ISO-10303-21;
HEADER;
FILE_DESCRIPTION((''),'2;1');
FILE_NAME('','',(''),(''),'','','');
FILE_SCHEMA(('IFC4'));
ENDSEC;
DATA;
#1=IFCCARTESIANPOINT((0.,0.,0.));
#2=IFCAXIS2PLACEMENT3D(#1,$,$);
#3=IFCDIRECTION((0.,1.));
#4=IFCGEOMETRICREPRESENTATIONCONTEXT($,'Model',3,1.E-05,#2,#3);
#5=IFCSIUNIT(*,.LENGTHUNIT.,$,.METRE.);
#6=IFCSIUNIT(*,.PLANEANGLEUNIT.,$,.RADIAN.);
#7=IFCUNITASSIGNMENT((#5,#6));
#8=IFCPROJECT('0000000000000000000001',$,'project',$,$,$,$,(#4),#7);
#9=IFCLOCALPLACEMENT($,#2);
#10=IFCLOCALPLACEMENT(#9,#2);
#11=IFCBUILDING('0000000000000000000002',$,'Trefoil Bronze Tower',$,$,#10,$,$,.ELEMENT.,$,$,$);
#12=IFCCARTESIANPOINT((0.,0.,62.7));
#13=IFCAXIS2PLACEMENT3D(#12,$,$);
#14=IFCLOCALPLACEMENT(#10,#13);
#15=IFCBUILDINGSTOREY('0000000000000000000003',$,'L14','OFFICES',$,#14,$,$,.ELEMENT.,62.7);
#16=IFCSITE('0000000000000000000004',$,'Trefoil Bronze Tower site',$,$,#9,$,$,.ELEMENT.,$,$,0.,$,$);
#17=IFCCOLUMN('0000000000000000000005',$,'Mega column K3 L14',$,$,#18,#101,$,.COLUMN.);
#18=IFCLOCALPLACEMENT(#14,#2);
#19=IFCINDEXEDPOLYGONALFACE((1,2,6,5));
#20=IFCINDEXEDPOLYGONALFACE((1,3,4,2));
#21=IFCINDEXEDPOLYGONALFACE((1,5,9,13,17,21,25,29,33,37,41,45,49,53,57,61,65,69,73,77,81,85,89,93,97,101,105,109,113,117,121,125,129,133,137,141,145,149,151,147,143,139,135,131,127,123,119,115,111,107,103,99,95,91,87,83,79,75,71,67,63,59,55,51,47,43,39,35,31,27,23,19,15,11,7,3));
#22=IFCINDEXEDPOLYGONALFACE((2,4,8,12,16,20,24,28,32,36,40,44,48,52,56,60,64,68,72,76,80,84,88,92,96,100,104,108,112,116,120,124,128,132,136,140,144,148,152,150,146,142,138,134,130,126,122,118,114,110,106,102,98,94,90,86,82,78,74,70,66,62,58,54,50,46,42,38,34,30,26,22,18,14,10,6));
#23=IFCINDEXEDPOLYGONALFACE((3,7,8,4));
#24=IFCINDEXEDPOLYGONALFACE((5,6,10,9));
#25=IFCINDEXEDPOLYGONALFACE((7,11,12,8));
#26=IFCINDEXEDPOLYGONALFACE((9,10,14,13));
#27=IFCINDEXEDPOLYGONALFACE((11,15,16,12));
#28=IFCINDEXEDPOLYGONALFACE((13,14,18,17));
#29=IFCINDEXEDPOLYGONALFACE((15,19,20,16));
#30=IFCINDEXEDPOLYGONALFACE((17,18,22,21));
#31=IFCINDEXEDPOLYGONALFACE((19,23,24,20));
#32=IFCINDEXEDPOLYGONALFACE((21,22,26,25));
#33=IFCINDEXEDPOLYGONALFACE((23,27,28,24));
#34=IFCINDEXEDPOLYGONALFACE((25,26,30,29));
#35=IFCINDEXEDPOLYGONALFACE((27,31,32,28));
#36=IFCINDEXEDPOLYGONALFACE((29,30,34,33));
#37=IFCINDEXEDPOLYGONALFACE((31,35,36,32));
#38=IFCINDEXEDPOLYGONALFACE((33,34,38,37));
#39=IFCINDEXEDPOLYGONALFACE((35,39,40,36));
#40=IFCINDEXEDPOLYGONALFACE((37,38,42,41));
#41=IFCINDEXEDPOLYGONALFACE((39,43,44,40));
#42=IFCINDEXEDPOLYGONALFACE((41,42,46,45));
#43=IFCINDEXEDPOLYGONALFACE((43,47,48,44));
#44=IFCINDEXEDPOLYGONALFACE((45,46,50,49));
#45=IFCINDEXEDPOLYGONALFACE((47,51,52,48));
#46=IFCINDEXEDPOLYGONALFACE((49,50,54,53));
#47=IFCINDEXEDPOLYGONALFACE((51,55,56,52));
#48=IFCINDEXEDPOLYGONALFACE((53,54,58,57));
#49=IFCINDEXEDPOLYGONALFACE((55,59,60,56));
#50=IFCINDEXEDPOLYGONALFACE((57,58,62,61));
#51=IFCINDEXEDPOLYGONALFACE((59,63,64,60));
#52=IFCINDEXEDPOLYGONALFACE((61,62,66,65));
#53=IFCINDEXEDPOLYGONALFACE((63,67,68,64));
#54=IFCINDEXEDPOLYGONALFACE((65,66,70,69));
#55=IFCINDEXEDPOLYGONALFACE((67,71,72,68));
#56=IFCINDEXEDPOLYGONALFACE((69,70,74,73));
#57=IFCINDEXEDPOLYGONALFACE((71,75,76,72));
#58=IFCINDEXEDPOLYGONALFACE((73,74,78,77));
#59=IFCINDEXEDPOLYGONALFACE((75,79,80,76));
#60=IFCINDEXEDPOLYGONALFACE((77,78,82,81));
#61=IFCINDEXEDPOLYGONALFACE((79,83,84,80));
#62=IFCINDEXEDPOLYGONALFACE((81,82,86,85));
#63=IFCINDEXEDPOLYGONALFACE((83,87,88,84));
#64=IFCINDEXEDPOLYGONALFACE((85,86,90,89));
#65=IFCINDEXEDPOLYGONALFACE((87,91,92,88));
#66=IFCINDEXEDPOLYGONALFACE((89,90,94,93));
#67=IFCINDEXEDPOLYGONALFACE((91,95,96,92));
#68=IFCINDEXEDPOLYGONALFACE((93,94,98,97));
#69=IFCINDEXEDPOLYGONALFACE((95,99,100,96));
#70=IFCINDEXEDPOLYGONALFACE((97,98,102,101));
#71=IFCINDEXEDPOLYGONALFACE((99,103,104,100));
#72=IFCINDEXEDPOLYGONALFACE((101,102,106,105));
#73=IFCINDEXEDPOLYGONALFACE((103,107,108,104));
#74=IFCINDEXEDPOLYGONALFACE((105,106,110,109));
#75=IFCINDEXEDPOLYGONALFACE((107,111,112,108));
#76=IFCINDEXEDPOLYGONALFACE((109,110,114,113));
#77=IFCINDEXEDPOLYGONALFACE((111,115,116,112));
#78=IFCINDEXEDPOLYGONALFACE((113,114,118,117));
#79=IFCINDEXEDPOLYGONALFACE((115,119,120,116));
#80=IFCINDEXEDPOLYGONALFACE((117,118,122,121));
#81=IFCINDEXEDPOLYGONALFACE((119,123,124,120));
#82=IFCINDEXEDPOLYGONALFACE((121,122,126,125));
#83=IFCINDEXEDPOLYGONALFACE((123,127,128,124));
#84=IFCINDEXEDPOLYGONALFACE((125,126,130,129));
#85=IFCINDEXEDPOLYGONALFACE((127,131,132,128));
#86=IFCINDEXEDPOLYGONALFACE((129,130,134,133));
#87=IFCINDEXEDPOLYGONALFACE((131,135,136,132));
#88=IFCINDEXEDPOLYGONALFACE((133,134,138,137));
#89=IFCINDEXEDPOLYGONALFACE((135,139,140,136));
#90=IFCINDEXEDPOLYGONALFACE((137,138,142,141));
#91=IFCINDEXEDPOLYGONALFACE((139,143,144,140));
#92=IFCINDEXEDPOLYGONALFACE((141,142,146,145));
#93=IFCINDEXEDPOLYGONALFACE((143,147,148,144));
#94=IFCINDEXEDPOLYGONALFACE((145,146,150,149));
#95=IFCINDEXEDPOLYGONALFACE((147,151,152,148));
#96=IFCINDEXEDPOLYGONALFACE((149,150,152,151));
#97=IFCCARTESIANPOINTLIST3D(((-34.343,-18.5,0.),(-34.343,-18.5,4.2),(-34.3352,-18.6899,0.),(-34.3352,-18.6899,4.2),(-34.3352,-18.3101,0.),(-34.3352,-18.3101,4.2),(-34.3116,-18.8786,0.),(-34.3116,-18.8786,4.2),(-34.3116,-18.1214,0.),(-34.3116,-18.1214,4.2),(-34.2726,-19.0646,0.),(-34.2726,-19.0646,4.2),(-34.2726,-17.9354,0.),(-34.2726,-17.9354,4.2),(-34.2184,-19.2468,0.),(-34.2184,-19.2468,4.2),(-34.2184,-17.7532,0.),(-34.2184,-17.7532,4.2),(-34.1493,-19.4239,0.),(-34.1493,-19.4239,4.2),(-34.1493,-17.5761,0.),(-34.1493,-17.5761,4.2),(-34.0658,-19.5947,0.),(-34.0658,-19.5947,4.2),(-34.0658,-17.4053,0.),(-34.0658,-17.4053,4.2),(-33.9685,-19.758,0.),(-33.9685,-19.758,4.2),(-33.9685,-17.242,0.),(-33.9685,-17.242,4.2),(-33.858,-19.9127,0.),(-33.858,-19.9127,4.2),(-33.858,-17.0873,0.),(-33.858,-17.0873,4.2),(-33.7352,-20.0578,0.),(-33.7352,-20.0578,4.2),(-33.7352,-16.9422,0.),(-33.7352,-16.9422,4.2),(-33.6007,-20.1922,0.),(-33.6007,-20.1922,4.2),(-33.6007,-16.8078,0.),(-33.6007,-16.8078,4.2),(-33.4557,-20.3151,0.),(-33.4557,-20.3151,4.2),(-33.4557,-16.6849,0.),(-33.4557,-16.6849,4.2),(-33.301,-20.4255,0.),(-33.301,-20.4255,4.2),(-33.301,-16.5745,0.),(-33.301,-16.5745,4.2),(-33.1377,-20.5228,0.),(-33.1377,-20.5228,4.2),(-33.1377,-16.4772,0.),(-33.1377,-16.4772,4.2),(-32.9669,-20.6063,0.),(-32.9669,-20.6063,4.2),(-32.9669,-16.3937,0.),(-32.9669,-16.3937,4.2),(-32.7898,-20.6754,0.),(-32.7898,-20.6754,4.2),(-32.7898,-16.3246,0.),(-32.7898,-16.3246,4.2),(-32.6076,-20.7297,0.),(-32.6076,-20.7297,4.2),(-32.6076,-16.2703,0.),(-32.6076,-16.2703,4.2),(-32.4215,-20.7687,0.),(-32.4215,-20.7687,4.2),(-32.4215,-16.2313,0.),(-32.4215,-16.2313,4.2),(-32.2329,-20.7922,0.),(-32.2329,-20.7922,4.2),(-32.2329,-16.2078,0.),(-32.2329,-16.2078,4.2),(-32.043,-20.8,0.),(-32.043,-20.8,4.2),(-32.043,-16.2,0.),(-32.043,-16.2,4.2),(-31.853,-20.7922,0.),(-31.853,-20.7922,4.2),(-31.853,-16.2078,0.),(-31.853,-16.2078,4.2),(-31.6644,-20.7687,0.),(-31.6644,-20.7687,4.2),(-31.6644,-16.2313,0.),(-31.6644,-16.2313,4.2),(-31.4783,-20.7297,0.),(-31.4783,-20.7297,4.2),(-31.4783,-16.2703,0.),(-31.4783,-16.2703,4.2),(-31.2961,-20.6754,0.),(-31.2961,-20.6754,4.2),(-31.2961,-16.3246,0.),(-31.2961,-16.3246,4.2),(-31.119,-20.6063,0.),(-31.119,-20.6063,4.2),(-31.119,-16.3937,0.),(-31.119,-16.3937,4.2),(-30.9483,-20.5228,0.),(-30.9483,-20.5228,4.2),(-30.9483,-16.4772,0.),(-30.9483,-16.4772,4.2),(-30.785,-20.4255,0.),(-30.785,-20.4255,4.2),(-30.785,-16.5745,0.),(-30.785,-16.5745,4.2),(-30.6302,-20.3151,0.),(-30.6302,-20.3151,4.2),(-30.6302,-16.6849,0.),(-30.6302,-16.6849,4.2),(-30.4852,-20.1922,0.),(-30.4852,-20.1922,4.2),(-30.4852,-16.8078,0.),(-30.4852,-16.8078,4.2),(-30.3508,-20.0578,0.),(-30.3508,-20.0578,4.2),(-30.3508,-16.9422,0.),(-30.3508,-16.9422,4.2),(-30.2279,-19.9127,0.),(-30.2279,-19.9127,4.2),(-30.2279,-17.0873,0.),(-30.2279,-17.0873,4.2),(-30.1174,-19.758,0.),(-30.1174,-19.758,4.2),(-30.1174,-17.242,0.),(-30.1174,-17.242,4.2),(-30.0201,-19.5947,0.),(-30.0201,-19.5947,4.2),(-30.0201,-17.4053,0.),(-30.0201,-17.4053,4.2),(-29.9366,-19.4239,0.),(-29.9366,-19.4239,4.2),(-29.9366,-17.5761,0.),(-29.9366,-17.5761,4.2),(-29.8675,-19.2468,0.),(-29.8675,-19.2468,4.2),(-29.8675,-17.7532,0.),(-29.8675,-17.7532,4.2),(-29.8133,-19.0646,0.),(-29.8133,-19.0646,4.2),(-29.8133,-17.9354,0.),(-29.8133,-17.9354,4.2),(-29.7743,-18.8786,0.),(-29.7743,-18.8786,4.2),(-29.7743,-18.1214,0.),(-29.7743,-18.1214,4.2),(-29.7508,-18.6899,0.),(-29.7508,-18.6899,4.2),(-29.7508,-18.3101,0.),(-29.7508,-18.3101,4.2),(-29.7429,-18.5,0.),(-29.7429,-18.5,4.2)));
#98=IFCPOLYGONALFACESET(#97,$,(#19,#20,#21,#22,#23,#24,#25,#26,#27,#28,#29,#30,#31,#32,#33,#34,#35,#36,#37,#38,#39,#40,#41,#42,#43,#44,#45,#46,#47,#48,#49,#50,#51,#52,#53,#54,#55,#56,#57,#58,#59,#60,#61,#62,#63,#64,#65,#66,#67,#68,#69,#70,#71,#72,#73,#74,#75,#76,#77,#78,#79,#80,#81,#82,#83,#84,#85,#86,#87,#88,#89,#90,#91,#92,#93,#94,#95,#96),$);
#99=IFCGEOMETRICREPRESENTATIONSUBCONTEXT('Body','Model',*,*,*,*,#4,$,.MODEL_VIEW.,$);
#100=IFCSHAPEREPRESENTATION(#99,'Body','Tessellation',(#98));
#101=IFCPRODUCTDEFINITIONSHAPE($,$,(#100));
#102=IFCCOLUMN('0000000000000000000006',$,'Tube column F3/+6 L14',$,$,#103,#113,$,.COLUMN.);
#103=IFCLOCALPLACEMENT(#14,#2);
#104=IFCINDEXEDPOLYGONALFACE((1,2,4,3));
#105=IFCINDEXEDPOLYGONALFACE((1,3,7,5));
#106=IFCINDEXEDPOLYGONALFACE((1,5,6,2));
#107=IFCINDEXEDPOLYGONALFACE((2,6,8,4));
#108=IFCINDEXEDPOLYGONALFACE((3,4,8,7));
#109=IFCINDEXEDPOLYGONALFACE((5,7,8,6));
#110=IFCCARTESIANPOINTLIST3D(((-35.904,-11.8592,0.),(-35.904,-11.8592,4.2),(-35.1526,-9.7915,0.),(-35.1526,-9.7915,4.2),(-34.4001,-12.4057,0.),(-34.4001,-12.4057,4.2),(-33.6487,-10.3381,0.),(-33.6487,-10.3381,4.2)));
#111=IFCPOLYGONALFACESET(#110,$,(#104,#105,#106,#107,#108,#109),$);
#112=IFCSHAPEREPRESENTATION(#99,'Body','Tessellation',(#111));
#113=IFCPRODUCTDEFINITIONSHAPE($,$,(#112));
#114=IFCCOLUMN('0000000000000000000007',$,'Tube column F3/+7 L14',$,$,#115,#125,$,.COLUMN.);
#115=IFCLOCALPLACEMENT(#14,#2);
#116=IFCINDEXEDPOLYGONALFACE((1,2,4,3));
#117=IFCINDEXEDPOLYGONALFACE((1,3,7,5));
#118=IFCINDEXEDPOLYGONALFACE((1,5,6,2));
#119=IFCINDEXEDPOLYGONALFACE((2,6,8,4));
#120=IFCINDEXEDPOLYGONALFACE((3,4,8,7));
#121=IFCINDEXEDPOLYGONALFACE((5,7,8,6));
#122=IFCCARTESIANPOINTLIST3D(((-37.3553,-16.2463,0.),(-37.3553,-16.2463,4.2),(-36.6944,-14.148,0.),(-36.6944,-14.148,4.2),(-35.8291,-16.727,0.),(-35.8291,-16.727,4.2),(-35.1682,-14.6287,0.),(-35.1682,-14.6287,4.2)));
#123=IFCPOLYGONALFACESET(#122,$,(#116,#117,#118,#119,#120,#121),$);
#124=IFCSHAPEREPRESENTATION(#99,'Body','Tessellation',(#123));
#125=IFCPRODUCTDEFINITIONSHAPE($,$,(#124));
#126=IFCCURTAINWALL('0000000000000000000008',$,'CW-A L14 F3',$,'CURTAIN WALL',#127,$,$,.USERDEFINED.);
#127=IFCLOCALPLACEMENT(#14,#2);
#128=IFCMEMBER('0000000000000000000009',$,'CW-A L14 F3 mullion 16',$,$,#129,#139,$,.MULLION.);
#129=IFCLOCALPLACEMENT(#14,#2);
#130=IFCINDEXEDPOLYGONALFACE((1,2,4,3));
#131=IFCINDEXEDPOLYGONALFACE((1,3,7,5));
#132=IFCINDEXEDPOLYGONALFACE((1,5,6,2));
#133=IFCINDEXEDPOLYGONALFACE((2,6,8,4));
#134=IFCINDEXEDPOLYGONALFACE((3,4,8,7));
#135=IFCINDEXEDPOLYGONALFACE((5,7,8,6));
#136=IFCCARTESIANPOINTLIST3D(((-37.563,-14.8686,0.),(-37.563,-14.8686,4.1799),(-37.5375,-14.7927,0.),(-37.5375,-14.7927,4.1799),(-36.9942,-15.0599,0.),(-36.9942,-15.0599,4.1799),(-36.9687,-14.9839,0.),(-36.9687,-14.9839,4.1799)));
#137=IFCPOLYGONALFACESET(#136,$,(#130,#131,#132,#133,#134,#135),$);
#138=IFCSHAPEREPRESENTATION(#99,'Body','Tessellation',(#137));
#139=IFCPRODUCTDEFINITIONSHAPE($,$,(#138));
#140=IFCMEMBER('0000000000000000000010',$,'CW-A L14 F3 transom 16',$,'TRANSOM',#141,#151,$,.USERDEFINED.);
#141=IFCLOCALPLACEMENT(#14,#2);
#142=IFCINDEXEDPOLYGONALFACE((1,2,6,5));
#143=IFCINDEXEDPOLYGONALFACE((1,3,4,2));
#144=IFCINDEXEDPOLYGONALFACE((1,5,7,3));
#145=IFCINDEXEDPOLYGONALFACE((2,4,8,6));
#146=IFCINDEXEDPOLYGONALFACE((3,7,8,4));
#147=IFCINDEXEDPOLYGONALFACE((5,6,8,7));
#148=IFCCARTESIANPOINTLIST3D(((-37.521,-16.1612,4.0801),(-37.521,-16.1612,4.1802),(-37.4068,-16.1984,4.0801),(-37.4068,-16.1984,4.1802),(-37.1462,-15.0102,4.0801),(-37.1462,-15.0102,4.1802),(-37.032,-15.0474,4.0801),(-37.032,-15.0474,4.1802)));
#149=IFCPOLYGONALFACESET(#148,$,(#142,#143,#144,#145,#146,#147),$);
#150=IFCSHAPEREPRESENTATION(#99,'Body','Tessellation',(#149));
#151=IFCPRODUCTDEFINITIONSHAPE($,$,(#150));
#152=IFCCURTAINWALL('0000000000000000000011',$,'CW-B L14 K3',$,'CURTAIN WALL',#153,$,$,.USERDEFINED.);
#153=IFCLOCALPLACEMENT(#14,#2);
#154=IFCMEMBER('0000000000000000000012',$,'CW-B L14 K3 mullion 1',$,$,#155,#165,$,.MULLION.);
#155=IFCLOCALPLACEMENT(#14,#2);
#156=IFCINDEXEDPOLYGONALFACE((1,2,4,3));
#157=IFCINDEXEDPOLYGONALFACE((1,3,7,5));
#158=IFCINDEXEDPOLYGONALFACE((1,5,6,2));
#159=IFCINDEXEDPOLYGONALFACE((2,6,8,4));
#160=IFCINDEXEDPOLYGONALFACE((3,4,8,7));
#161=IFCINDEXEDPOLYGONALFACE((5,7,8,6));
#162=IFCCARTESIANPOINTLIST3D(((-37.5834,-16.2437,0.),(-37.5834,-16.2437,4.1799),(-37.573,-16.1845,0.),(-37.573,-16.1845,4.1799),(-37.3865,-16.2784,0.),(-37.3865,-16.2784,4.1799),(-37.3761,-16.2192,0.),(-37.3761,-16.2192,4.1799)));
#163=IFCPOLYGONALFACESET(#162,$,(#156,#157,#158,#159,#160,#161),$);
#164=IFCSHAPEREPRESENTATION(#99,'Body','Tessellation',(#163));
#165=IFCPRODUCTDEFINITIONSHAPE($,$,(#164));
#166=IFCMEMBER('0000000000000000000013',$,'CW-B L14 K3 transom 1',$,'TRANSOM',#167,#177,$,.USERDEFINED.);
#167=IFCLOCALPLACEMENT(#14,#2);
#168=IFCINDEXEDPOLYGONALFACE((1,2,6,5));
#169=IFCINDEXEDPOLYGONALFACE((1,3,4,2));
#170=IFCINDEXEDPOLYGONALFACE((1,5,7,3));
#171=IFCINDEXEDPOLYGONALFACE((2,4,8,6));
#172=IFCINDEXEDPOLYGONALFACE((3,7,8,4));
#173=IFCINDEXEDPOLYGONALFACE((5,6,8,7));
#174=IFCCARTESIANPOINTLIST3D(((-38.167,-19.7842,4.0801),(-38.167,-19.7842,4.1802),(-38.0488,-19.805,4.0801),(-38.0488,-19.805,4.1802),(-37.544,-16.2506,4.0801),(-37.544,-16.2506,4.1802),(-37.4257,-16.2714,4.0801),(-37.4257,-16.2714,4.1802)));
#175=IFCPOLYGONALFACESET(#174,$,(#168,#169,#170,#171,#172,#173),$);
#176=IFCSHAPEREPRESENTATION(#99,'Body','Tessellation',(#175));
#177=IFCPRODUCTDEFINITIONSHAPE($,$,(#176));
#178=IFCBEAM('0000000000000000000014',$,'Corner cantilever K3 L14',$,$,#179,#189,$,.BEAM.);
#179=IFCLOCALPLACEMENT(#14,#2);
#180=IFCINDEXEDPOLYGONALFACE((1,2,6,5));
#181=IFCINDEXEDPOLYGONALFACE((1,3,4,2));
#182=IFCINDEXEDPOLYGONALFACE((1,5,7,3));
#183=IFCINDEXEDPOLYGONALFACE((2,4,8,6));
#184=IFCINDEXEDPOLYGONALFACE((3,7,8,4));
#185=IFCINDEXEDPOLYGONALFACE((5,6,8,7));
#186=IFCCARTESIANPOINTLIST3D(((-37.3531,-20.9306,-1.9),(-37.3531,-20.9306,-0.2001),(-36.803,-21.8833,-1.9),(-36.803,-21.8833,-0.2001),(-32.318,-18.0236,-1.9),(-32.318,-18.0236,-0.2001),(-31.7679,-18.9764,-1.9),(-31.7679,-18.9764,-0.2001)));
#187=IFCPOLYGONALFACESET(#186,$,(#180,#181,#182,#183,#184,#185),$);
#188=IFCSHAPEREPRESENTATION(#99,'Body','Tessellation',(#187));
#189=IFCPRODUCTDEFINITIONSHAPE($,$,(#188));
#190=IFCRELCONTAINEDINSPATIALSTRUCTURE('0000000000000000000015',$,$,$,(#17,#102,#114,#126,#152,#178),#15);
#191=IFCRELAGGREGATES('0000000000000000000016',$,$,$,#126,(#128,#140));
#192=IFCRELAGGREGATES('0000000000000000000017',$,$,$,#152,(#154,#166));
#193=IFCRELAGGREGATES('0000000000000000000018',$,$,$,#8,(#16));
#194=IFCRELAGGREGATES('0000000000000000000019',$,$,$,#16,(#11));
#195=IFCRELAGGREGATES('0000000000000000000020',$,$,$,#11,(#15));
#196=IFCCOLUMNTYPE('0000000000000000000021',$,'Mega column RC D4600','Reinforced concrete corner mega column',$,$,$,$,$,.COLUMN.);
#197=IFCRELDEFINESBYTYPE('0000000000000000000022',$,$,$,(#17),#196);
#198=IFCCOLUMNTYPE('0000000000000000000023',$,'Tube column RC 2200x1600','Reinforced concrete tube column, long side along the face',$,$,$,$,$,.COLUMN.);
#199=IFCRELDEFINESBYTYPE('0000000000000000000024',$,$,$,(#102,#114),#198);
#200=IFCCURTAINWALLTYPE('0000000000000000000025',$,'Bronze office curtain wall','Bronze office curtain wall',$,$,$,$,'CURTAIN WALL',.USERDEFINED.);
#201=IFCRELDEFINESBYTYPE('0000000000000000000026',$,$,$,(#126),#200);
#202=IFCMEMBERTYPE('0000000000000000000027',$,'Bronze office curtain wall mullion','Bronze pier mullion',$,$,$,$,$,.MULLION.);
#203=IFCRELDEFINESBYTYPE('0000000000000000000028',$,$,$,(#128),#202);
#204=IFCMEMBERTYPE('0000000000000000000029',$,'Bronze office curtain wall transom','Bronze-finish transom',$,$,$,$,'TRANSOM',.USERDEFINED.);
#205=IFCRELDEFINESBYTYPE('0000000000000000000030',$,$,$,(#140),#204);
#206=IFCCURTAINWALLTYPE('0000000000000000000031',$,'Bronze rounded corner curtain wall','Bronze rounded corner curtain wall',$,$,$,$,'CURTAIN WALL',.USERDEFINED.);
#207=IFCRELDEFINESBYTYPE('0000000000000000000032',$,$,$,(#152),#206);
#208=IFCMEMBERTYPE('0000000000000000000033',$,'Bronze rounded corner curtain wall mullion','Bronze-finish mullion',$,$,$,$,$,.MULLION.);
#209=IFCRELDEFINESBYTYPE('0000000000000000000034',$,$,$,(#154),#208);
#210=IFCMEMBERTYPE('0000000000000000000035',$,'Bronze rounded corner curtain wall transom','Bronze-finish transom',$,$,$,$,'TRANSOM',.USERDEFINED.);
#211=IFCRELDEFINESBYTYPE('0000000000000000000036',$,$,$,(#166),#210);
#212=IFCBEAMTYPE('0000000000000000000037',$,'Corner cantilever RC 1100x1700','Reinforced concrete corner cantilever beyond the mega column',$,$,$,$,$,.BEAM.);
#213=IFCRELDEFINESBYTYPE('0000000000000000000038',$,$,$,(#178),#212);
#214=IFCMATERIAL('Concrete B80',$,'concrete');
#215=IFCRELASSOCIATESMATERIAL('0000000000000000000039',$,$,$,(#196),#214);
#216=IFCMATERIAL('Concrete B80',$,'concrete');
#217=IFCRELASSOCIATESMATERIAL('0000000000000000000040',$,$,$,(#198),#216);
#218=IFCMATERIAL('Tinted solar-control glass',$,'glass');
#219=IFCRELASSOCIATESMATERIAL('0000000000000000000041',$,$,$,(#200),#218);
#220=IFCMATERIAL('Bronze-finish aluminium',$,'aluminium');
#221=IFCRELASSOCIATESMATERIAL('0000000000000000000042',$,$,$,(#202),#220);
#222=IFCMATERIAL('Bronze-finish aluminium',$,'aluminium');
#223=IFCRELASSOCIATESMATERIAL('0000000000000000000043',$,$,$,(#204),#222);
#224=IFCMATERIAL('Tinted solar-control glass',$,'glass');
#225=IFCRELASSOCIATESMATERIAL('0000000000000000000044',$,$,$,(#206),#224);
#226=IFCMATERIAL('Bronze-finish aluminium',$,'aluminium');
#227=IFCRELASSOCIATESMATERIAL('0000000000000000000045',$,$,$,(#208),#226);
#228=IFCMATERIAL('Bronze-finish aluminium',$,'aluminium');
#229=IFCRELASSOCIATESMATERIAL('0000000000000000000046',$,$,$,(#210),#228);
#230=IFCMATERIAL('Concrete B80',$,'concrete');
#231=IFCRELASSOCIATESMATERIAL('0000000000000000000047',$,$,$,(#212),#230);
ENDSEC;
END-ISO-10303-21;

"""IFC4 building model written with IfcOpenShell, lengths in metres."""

from ifc_helpers import new_model, si_unit, direction, frame, origin, origin_2d, place, context, subcontext, project, spatial, rectangle, circle, extrude, material, material_profile, profile_set, type_object, element, aggregate, save


model = new_model("IFC4")

# Units and contexts
model_context = context("Model", 3, precision=1e-05, world=origin(), true_north=direction((0.0, 1.0)))
body_context = subcontext(model_context, "Body", "Model", "MODEL_VIEW")
ifc_project = project(units=[si_unit("LENGTHUNIT", "METRE"), si_unit("PLANEANGLEUNIT", "RADIAN")], contexts=[model_context])

# Site, building, storey
site_placement = place(None, origin())
site = spatial("IfcSite", under=ifc_project, at=site_placement, Name="Trefoil Bronze Tower site", CompositionType="ELEMENT", RefElevation=0.0)
building_placement = place(site_placement, origin())
building = spatial("IfcBuilding", under=site, at=building_placement, Name="Trefoil Bronze Tower", CompositionType="ELEMENT")
storey_placement = place(building_placement, frame((0.0, 0.0, 62.7)))
storey = spatial("IfcBuildingStorey", under=building, at=storey_placement, Name="L14", Description="OFFICES", CompositionType="ELEMENT", Elevation=62.7)

# Columns
ifc_material_1 = material(Name="Concrete B80", Category="concrete")
ifc_material_profile_1 = material_profile(ifc_material_1, circle(Radius=2.3, at=origin_2d()), Name="RC D4600")
ifc_profile_set_1 = profile_set([ifc_material_profile_1], Name="Concrete B80")
column_type_1 = type_object("IfcColumnType", Name="Mega column RC D4600", Description="Reinforced concrete corner mega column", PredefinedType="COLUMN", material=ifc_profile_set_1)
column_placement = place(storey_placement, frame((-32.043, -18.5, 0.0), z_axis=(0.0, 0.0, 1.0), x_axis=(1.0, 0.0, 0.0)))
element("IfcColumn", 1, at=column_placement, inside=storey, type_object=column_type_1, Name="Mega column K3 L14", PredefinedType="COLUMN", context=body_context, shape_type="SweptSolid", body=[
    extrude(circle(Radius=2.3, at=origin_2d()), origin(), (0.0, 0.0, 1.0), 4.2),
])
ifc_material_2 = material(Name="Concrete B80", Category="concrete")
ifc_material_profile_2 = material_profile(ifc_material_2, rectangle(XDim=2.2, YDim=1.6001, at=origin_2d()), Name="RC 2200x1600")
ifc_profile_set_2 = profile_set([ifc_material_profile_2], Name="Concrete B80")
column_type_2 = type_object("IfcColumnType", Name="Tube column RC 2200x1600", Description="Reinforced concrete tube column, long side along the face", PredefinedType="COLUMN", material=ifc_profile_set_2)
for number, where, z_axis, x_axis, name in (
    (2, (-34.7764, -11.0986, 0.0), (0.0, 0.0, 1.0), (-0.341559, -0.93986, 0.0), "Tube column F3/+6 L14"),
    (3, (-36.2617, -15.4375, 0.0), (0.0, 0.0, 1.0), (-0.300414, -0.953809, 0.0), "Tube column F3/+7 L14"),
):
    element("IfcColumn", number, at=place(storey_placement, frame(where, z_axis=z_axis, x_axis=x_axis)), inside=storey, type_object=column_type_2, Name=name, PredefinedType="COLUMN", context=body_context, shape_type="SweptSolid", body=[
        extrude(rectangle(XDim=2.2, YDim=1.6001, at=origin_2d()), origin(), (0.0, 0.0, 1.0), 4.2),
    ])

# Curtain walls, members
ifc_material_3 = material(Name="Tinted solar-control glass", Category="glass")
curtain_wall_type_1 = type_object("IfcCurtainWallType", Name="Bronze office curtain wall", Description="Bronze office curtain wall", ElementType="CURTAIN WALL", PredefinedType="USERDEFINED", material=ifc_material_3)
curtain_wall_1_placement = place(storey_placement, origin())
curtain_wall_1 = element("IfcCurtainWall", 4, at=curtain_wall_1_placement, inside=storey, type_object=curtain_wall_type_1, Name="CW-A L14 F3", ObjectType="CURTAIN WALL", PredefinedType="USERDEFINED")
ifc_material_4 = material(Name="Bronze-finish aluminium", Category="aluminium")
ifc_material_profile_3 = material_profile(ifc_material_4, rectangle(XDim=0.6001, YDim=0.0801, at=origin_2d()), Name="CW-A mullion")
ifc_profile_set_3 = profile_set([ifc_material_profile_3], Name="Bronze-finish aluminium")
member_type_1 = type_object("IfcMemberType", Name="Bronze office curtain wall mullion", Description="Bronze pier mullion", PredefinedType="MULLION", material=ifc_profile_set_3)
member_1_placement = place(storey_placement, frame((-37.2659, -14.9263, 0.0), z_axis=(0.0, 0.0, 1.0), x_axis=(0.947851, -0.318715, 0.0)))
member_1 = element("IfcMember", 5, at=member_1_placement, type_object=member_type_1, Name="CW-A L14 F3 mullion 16", PredefinedType="MULLION", context=body_context, shape_type="SweptSolid", body=[
    extrude(rectangle(XDim=0.6001, YDim=0.0801, at=origin_2d()), origin(), (0.0, 0.0, 1.0), 4.1799),
])
ifc_material_5 = material(Name="Bronze-finish aluminium", Category="aluminium")
ifc_material_profile_4 = material_profile(ifc_material_5, rectangle(XDim=0.1201, YDim=0.1001, at=origin_2d()), Name="CW-A transom")
ifc_profile_set_4 = profile_set([ifc_material_profile_4], Name="Bronze-finish aluminium")
member_type_2 = type_object("IfcMemberType", Name="Bronze office curtain wall transom", Description="Bronze-finish transom", ElementType="TRANSOM", PredefinedType="USERDEFINED", material=ifc_profile_set_4)
member_2_placement = place(storey_placement, frame((-37.0891, -15.0288, 4.1301), z_axis=(-0.309624, -0.950859, 0.0), x_axis=(0.950859, -0.309624, 0.0)))
member_2 = element("IfcMember", 6, at=member_2_placement, type_object=member_type_2, Name="CW-A L14 F3 transom 16", ObjectType="TRANSOM", PredefinedType="USERDEFINED", context=body_context, shape_type="SweptSolid", body=[
    extrude(rectangle(XDim=0.1201, YDim=0.1001, at=origin_2d()), origin(), (0.0, 0.0, 1.0), 1.2104),
])
ifc_material_6 = material(Name="Tinted solar-control glass", Category="glass")
curtain_wall_type_2 = type_object("IfcCurtainWallType", Name="Bronze rounded corner curtain wall", Description="Bronze rounded corner curtain wall", ElementType="CURTAIN WALL", PredefinedType="USERDEFINED", material=ifc_material_6)
curtain_wall_2_placement = place(storey_placement, origin())
curtain_wall_2 = element("IfcCurtainWall", 7, at=curtain_wall_2_placement, inside=storey, type_object=curtain_wall_type_2, Name="CW-B L14 K3", ObjectType="CURTAIN WALL", PredefinedType="USERDEFINED")
ifc_material_7 = material(Name="Bronze-finish aluminium", Category="aluminium")
ifc_material_profile_5 = material_profile(ifc_material_7, rectangle(XDim=0.2, YDim=0.0601, at=origin_2d()), Name="CW-B mullion")
ifc_profile_set_5 = profile_set([ifc_material_profile_5], Name="Bronze-finish aluminium")
member_type_3 = type_object("IfcMemberType", Name="Bronze rounded corner curtain wall mullion", Description="Bronze-finish mullion", PredefinedType="MULLION", material=ifc_profile_set_5)
member_3_placement = place(storey_placement, frame((-37.4797, -16.2314, 0.0), z_axis=(0.0, 0.0, 1.0), x_axis=(0.984808, -0.173648, 0.0)))
member_3 = element("IfcMember", 8, at=member_3_placement, type_object=member_type_3, Name="CW-B L14 K3 mullion 1", PredefinedType="MULLION", context=body_context, shape_type="SweptSolid", body=[
    extrude(rectangle(XDim=0.2, YDim=0.0601, at=origin_2d()), origin(), (0.0, 0.0, 1.0), 4.1799),
])
ifc_material_8 = material(Name="Bronze-finish aluminium", Category="aluminium")
ifc_material_profile_6 = material_profile(ifc_material_8, rectangle(XDim=0.1201, YDim=0.1001, at=origin_2d()), Name="CW-B transom")
ifc_profile_set_6 = profile_set([ifc_material_profile_6], Name="Bronze-finish aluminium")
member_type_4 = type_object("IfcMemberType", Name="Bronze rounded corner curtain wall transom", Description="Bronze-finish transom", ElementType="TRANSOM", PredefinedType="USERDEFINED", material=ifc_profile_set_6)
member_4_placement = place(storey_placement, frame((-37.4849, -16.261, 4.1301), z_axis=(-0.173638, -0.98481, 0.0), x_axis=(0.98481, -0.173638, 0.0)))
member_4 = element("IfcMember", 9, at=member_4_placement, type_object=member_type_4, Name="CW-B L14 K3 transom 1", ObjectType="TRANSOM", PredefinedType="USERDEFINED", context=body_context, shape_type="SweptSolid", body=[
    extrude(rectangle(XDim=0.1201, YDim=0.1001, at=origin_2d()), origin(), (0.0, 0.0, 1.0), 3.5881),
])

# Beam
ifc_material_9 = material(Name="Concrete B80", Category="concrete")
ifc_material_profile_7 = material_profile(ifc_material_9, rectangle(XDim=1.1001, YDim=1.7, at=origin_2d()), Name="RC 1100x1700")
ifc_profile_set_7 = profile_set([ifc_material_profile_7], Name="Concrete B80")
beam_type_1 = type_object("IfcBeamType", Name="Corner cantilever RC 1100x1700", Description="Reinforced concrete corner cantilever beyond the mega column", PredefinedType="BEAM", material=ifc_profile_set_7)
beam_1_placement = place(storey_placement, frame((-32.043, -18.5, -1.05), z_axis=(-0.86603, -0.499991, 0.0), x_axis=(0.499991, -0.86603, 0.0)))
element("IfcBeam", 10, at=beam_1_placement, inside=storey, type_object=beam_type_1, Name="Corner cantilever K3 L14", PredefinedType="BEAM", context=body_context, shape_type="SweptSolid", body=[
    extrude(rectangle(XDim=1.1001, YDim=1.7, at=origin_2d()), origin(), (0.0, 0.0, 1.0), 5.814),
])

aggregate(curtain_wall_1, [member_1, member_2])
aggregate(curtain_wall_2, [member_3, member_4])

save(model, "model.ifc")
